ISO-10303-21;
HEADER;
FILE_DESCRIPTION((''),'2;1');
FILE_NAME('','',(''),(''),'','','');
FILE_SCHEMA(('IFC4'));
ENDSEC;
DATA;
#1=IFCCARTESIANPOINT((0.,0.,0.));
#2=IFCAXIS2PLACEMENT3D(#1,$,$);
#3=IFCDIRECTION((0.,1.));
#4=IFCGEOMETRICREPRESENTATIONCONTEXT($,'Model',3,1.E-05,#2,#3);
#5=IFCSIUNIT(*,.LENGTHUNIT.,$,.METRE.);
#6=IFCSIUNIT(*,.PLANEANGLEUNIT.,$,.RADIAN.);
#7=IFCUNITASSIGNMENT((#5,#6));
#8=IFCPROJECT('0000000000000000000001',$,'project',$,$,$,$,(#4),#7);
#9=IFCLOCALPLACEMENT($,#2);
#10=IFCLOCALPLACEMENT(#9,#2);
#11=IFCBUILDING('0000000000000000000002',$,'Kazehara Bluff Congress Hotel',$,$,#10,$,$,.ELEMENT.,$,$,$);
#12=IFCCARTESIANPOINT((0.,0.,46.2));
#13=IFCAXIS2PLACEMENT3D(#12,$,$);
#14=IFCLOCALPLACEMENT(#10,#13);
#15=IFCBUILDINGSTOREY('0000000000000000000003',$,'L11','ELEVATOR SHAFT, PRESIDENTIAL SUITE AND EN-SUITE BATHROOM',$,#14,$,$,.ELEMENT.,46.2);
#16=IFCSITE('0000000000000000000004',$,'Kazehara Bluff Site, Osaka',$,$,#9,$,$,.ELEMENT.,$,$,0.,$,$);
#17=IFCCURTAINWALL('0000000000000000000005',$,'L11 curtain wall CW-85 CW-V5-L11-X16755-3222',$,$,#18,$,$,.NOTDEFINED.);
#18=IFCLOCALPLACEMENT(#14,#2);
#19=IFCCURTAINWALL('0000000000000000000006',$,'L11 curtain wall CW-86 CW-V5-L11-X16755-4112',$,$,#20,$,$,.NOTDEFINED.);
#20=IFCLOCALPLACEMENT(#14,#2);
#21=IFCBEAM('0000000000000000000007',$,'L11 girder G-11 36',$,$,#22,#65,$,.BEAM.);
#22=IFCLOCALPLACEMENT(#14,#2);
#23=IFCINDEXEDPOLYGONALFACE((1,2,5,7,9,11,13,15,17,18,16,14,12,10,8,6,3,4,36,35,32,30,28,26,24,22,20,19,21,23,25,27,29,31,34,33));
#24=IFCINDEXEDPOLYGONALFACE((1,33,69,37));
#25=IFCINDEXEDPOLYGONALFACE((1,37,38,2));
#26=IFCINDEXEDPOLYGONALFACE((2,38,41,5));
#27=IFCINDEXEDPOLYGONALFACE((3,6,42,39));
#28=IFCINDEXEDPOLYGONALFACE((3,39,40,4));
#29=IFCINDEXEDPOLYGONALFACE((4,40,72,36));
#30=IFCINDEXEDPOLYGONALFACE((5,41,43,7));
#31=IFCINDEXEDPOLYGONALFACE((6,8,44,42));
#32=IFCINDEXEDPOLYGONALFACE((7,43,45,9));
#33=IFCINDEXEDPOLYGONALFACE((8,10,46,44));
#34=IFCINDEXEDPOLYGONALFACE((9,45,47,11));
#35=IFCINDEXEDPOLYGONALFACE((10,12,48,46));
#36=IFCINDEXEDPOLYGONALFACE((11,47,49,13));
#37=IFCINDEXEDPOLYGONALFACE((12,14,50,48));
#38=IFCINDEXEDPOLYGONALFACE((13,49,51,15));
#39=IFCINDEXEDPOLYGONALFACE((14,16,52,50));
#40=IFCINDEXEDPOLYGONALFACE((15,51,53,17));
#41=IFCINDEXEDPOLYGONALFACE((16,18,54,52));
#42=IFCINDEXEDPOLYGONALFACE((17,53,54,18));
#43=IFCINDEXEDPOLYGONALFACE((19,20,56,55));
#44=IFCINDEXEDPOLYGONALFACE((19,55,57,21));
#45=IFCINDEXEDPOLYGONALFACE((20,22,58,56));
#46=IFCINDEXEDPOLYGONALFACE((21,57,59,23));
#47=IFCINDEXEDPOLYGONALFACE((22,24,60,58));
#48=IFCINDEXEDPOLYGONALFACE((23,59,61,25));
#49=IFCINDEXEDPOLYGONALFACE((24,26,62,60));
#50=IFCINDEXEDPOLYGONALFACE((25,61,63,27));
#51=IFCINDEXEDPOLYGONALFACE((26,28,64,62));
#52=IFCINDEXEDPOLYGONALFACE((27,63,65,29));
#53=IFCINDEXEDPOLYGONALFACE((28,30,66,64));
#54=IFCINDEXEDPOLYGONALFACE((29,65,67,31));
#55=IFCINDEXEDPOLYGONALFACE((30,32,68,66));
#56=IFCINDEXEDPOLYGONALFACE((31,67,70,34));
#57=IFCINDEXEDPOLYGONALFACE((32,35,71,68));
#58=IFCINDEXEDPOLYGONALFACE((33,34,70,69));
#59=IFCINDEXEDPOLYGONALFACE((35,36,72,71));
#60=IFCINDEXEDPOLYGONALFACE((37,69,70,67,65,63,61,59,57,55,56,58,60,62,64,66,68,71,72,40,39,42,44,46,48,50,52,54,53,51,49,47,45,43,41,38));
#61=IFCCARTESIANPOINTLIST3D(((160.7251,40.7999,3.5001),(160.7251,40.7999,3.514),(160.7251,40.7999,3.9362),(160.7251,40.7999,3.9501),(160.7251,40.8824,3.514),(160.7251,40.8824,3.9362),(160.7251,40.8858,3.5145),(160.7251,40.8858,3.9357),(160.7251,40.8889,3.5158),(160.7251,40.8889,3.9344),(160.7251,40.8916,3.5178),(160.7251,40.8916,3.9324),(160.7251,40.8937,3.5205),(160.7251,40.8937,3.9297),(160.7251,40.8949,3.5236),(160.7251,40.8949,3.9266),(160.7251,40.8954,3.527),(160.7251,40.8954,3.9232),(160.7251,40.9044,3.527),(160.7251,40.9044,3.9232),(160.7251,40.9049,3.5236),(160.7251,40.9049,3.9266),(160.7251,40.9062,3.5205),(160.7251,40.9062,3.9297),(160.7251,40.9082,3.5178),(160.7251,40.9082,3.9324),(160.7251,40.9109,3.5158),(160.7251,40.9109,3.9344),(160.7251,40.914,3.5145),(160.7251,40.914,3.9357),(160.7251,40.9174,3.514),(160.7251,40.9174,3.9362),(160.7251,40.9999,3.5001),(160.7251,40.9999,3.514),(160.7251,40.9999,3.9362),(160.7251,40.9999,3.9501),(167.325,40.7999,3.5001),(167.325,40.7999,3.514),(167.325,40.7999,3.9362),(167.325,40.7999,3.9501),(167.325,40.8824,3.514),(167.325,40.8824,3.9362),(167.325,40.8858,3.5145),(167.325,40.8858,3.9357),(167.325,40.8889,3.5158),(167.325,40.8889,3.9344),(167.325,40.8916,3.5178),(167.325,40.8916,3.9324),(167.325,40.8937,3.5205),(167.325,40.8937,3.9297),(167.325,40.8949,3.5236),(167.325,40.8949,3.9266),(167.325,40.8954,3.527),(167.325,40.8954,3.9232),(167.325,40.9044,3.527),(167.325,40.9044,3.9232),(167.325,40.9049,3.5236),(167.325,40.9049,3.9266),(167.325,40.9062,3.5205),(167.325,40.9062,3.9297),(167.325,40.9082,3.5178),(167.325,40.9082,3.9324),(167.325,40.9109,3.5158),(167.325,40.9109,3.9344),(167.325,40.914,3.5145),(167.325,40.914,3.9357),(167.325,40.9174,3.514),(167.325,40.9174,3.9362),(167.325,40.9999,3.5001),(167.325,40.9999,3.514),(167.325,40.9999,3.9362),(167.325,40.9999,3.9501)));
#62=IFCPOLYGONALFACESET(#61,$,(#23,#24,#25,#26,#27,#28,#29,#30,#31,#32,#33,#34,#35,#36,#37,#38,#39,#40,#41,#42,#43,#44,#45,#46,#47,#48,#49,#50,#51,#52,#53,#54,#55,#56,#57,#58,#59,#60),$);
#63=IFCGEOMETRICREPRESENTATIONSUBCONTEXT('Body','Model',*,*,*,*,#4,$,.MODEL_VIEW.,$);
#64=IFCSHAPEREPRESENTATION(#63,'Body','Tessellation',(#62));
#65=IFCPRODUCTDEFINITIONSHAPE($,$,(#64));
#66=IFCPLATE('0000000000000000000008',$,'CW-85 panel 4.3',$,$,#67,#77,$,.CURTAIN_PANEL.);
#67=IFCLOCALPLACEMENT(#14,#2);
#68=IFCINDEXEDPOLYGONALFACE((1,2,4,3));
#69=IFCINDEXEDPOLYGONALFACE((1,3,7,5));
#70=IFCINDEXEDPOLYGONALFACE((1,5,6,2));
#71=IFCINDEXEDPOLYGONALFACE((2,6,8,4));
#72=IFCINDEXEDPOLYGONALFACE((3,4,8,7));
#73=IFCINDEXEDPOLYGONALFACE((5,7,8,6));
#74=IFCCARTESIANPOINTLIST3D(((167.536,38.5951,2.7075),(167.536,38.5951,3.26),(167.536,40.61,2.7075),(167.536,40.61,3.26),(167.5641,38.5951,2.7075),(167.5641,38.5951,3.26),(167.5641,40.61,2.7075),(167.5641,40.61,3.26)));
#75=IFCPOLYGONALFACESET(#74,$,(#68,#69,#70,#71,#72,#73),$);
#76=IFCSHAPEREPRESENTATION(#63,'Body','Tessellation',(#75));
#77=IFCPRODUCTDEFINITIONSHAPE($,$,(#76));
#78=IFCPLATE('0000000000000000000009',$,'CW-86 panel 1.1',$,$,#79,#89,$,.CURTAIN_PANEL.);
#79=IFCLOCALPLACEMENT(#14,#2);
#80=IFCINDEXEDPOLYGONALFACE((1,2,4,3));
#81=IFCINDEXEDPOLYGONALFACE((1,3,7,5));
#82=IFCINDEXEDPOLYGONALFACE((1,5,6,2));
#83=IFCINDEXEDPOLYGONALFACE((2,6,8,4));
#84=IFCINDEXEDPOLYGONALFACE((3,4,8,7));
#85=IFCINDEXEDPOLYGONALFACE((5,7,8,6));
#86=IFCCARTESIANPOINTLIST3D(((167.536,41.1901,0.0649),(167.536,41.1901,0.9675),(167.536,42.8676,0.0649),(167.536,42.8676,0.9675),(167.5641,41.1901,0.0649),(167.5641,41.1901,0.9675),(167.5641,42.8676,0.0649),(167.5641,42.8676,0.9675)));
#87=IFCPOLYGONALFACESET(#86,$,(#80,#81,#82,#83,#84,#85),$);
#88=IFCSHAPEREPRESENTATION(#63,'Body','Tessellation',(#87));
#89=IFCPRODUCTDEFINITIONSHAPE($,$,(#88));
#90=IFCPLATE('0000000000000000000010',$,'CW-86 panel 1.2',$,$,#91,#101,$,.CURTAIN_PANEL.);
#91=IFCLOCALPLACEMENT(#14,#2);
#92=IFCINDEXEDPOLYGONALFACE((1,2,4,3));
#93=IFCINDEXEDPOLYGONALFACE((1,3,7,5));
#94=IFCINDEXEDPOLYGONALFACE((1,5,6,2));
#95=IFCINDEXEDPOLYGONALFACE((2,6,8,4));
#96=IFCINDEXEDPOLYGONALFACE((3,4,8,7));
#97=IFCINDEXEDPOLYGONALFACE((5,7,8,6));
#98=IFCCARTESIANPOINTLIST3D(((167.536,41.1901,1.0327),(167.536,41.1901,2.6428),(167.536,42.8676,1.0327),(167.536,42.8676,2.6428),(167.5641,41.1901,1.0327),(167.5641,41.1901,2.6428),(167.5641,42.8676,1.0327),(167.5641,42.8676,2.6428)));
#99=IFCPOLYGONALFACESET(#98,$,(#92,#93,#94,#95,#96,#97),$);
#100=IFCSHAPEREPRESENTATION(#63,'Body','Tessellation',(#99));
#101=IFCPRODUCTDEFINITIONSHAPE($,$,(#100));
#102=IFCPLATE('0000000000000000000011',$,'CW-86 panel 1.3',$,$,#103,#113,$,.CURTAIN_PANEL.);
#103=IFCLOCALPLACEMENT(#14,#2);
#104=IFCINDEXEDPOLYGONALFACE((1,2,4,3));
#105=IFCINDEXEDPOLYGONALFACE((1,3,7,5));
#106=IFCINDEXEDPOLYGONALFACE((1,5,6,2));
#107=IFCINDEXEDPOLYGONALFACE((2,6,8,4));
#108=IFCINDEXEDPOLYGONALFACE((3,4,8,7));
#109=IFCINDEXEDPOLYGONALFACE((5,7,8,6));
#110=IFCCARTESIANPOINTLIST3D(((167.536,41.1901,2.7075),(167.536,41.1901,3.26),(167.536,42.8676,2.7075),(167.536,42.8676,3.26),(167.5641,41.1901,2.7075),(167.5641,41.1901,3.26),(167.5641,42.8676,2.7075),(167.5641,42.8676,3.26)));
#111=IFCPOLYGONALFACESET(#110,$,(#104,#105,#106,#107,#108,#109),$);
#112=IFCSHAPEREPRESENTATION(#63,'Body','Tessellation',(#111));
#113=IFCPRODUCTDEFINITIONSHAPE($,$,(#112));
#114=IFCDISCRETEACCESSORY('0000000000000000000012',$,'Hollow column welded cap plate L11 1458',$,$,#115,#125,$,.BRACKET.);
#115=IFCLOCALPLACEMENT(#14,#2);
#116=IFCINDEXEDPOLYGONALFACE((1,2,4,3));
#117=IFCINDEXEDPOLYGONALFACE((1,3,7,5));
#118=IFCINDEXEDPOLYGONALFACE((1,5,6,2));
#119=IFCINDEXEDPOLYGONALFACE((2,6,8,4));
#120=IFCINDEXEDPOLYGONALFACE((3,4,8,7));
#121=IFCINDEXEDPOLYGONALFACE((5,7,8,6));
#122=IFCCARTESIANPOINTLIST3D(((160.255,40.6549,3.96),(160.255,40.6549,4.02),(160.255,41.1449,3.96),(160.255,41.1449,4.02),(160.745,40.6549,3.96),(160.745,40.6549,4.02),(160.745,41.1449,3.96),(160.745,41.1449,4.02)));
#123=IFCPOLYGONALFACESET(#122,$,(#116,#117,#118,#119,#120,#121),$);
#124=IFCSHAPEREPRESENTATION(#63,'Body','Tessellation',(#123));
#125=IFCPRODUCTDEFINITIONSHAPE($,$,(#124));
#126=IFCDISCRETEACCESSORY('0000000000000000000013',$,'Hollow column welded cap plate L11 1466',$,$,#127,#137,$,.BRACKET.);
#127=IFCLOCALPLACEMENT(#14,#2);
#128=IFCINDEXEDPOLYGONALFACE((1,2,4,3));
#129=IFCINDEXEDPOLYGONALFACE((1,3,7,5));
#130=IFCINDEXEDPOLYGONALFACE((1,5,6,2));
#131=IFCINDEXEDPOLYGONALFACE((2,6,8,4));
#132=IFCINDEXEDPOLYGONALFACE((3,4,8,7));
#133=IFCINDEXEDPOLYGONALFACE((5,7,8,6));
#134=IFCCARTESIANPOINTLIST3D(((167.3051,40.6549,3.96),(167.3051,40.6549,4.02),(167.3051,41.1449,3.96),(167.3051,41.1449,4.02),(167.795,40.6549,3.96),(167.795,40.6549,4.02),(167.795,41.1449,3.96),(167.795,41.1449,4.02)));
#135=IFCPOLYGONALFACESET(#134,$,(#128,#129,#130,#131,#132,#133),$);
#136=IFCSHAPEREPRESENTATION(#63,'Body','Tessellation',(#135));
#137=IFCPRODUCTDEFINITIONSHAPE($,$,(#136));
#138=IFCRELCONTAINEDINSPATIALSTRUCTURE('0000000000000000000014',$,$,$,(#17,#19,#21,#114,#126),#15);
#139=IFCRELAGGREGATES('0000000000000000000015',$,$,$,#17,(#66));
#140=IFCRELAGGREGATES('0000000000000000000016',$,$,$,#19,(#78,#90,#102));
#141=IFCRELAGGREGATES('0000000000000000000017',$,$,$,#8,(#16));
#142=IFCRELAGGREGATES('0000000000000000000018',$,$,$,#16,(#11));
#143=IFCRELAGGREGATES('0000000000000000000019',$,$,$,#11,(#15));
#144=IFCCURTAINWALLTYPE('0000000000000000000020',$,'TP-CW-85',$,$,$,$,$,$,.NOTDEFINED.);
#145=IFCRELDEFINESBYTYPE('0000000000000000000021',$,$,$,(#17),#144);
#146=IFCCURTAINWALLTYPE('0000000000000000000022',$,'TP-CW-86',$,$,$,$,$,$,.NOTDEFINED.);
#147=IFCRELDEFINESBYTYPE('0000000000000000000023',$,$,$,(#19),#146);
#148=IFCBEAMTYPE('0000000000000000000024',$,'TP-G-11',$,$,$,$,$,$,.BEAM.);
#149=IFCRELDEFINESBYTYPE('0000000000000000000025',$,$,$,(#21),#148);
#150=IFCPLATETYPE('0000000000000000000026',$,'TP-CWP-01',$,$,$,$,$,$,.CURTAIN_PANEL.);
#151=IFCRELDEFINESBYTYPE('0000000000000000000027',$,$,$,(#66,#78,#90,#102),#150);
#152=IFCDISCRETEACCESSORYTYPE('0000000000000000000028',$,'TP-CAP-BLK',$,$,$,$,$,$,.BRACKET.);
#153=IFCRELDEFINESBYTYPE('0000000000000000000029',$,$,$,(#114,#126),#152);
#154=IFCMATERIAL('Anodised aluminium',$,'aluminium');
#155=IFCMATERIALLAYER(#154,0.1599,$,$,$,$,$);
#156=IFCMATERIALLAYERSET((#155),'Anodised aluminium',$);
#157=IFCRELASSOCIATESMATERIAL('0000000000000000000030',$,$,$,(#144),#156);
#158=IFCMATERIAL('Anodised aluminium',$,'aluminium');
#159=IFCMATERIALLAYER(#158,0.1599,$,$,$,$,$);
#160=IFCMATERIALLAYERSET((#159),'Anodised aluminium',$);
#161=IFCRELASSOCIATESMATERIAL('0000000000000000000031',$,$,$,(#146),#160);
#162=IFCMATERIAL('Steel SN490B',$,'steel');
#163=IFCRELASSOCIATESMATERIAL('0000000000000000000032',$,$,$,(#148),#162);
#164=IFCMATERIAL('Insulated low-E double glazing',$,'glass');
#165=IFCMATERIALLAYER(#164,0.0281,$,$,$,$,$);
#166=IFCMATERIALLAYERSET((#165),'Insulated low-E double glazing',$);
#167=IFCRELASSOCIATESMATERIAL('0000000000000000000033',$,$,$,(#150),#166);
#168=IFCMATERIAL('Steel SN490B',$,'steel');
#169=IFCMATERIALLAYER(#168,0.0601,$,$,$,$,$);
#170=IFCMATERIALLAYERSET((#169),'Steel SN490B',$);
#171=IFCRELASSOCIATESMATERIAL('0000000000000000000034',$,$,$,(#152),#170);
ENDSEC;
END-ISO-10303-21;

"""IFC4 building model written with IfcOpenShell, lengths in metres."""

from ifc_helpers import new_model, si_unit, direction, frame, origin, origin_2d, place, context, subcontext, project, spatial, rectangle, i_section, extrude, material, layer, layer_set, material_profile, profile_set, type_object, element, aggregate, save


model = new_model("IFC4")

# Units and contexts
model_context = context("Model", 3, precision=1e-05, world=origin(), true_north=direction((0.0, 1.0)))
body_context = subcontext(model_context, "Body", "Model", "MODEL_VIEW")
ifc_project = project(units=[si_unit("LENGTHUNIT", "METRE"), si_unit("PLANEANGLEUNIT", "RADIAN")], contexts=[model_context])

# Site, building, storey
site_placement = place(None, origin())
site = spatial("IfcSite", under=ifc_project, at=site_placement, Name="Kazehara Bluff Site, Osaka", CompositionType="ELEMENT", RefElevation=0.0)
building_placement = place(site_placement, origin())
building = spatial("IfcBuilding", under=site, at=building_placement, Name="Kazehara Bluff Congress Hotel", CompositionType="ELEMENT")
storey_placement = place(building_placement, frame((0.0, 0.0, 46.2)))
storey = spatial("IfcBuildingStorey", under=building, at=storey_placement, Name="L11", Description="ELEVATOR SHAFT, PRESIDENTIAL SUITE AND EN-SUITE BATHROOM", CompositionType="ELEMENT", Elevation=46.2)

# Curtain wall
ifc_material_1 = material(Name="Anodised aluminium", Category="aluminium")
ifc_layer_1 = layer(ifc_material_1, 0.1599)
ifc_layer_set_1 = layer_set([ifc_layer_1], Name="Anodised aluminium")
curtain_wall_type_1 = type_object("IfcCurtainWallType", Name="TP-CW-85", PredefinedType="NOTDEFINED", material=ifc_layer_set_1)
curtain_wall_1_placement = place(storey_placement, origin())
curtain_wall_1 = element("IfcCurtainWall", 1, at=curtain_wall_1_placement, inside=storey, type_object=curtain_wall_type_1, Name="L11 curtain wall CW-85 CW-V5-L11-X16755-3222", PredefinedType="NOTDEFINED")

# Curtain wall
ifc_material_2 = material(Name="Anodised aluminium", Category="aluminium")
ifc_layer_2 = layer(ifc_material_2, 0.1599)
ifc_layer_set_2 = layer_set([ifc_layer_2], Name="Anodised aluminium")
curtain_wall_type_2 = type_object("IfcCurtainWallType", Name="TP-CW-86", PredefinedType="NOTDEFINED", material=ifc_layer_set_2)
curtain_wall_2_placement = place(storey_placement, origin())
curtain_wall_2 = element("IfcCurtainWall", 2, at=curtain_wall_2_placement, inside=storey, type_object=curtain_wall_type_2, Name="L11 curtain wall CW-86 CW-V5-L11-X16755-4112", PredefinedType="NOTDEFINED")

# Beam
ifc_material_3 = material(Name="Steel SN490B", Category="steel")
ifc_material_profile_1 = material_profile(ifc_material_3, i_section(OverallWidth=0.2, OverallDepth=0.45, WebThickness=0.009, FlangeThickness=0.0139, FilletRadius=0.0129, at=origin_2d()))
ifc_profile_set_1 = profile_set([ifc_material_profile_1], Name="Steel SN490B")
beam_type_1 = type_object("IfcBeamType", Name="TP-G-11", PredefinedType="BEAM", material=ifc_profile_set_1)
beam_placement = place(storey_placement, frame((160.7251, 40.8999, 3.7251), z_axis=(1.0, 0.0, 0.0), x_axis=(0.0, 1.0, 0.0)))
element("IfcBeam", 3, at=beam_placement, inside=storey, type_object=beam_type_1, Name="L11 girder G-11 36", PredefinedType="BEAM", context=body_context, shape_type="SweptSolid", body=[
    extrude(i_section(OverallWidth=0.2, OverallDepth=0.45, WebThickness=0.009, FlangeThickness=0.0139, FilletRadius=0.0129, at=origin_2d()), origin(), (0.0, 0.0, 1.0), 6.5999),
])

# Plates
ifc_material_4 = material(Name="Insulated low-E double glazing", Category="glass")
ifc_layer_3 = layer(ifc_material_4, 0.0281)
ifc_layer_set_3 = layer_set([ifc_layer_3], Name="Insulated low-E double glazing")
plate_type = type_object("IfcPlateType", Name="TP-CWP-01", PredefinedType="CURTAIN_PANEL", material=ifc_layer_set_3)
plate_1_placement = place(storey_placement, frame((167.55, 39.6025, 2.7075), z_axis=(0.0, 0.0, 1.0), x_axis=(0.0, 1.0, 0.0)))
plate_1 = element("IfcPlate", 4, at=plate_1_placement, type_object=plate_type, Name="CW-85 panel 4.3", PredefinedType="CURTAIN_PANEL", context=body_context, shape_type="SweptSolid", body=[
    extrude(rectangle(XDim=2.0149, YDim=0.0281, at=origin_2d()), origin(), (0.0, 0.0, 1.0), 0.5525),
])
aggregate(curtain_wall_1, [plate_1])
plate_2_placement = place(storey_placement, frame((167.55, 42.0288, 0.0649), z_axis=(0.0, 0.0, 1.0), x_axis=(0.0, 1.0, 0.0)))
plate_2 = element("IfcPlate", 5, at=plate_2_placement, type_object=plate_type, Name="CW-86 panel 1.1", PredefinedType="CURTAIN_PANEL", context=body_context, shape_type="SweptSolid", body=[
    extrude(rectangle(XDim=1.6775, YDim=0.0281, at=origin_2d()), origin(), (0.0, 0.0, 1.0), 0.9026),
])
plate_3_placement = place(storey_placement, frame((167.55, 42.0288, 1.0327), z_axis=(0.0, 0.0, 1.0), x_axis=(0.0, 1.0, 0.0)))
plate_3 = element("IfcPlate", 6, at=plate_3_placement, type_object=plate_type, Name="CW-86 panel 1.2", PredefinedType="CURTAIN_PANEL", context=body_context, shape_type="SweptSolid", body=[
    extrude(rectangle(XDim=1.6775, YDim=0.0281, at=origin_2d()), origin(), (0.0, 0.0, 1.0), 1.6101),
])
plate_4_placement = place(storey_placement, frame((167.55, 42.0288, 2.7075), z_axis=(0.0, 0.0, 1.0), x_axis=(0.0, 1.0, 0.0)))
plate_4 = element("IfcPlate", 7, at=plate_4_placement, type_object=plate_type, Name="CW-86 panel 1.3", PredefinedType="CURTAIN_PANEL", context=body_context, shape_type="SweptSolid", body=[
    extrude(rectangle(XDim=1.6775, YDim=0.0281, at=origin_2d()), origin(), (0.0, 0.0, 1.0), 0.5525),
])
aggregate(curtain_wall_2, [plate_2, plate_3, plate_4])

# Discrete accessories
ifc_material_5 = material(Name="Steel SN490B", Category="steel")
ifc_layer_4 = layer(ifc_material_5, 0.0601)
ifc_layer_set_4 = layer_set([ifc_layer_4], Name="Steel SN490B")
discrete_accessory_type = type_object("IfcDiscreteAccessoryType", Name="TP-CAP-BLK", PredefinedType="BRACKET", material=ifc_layer_set_4)
for number, where, z_axis, x_axis, name in (
    (8, (160.5, 40.8999, 3.96), (0.0, 0.0, 1.0), (1.0, 0.0, 0.0), "Hollow column welded cap plate L11 1458"),
    (9, (167.55, 40.8999, 3.96), (0.0, 0.0, 1.0), (1.0, 0.0, 0.0), "Hollow column welded cap plate L11 1466"),
):
    element("IfcDiscreteAccessory", number, at=place(storey_placement, frame(where, z_axis=z_axis, x_axis=x_axis)), inside=storey, type_object=discrete_accessory_type, Name=name, PredefinedType="BRACKET", context=body_context, shape_type="SweptSolid", body=[
        extrude(rectangle(XDim=0.49, YDim=0.49, at=origin_2d()), origin(), (0.0, 0.0, 1.0), 0.0601),
    ])

save(model, "model.ifc")
